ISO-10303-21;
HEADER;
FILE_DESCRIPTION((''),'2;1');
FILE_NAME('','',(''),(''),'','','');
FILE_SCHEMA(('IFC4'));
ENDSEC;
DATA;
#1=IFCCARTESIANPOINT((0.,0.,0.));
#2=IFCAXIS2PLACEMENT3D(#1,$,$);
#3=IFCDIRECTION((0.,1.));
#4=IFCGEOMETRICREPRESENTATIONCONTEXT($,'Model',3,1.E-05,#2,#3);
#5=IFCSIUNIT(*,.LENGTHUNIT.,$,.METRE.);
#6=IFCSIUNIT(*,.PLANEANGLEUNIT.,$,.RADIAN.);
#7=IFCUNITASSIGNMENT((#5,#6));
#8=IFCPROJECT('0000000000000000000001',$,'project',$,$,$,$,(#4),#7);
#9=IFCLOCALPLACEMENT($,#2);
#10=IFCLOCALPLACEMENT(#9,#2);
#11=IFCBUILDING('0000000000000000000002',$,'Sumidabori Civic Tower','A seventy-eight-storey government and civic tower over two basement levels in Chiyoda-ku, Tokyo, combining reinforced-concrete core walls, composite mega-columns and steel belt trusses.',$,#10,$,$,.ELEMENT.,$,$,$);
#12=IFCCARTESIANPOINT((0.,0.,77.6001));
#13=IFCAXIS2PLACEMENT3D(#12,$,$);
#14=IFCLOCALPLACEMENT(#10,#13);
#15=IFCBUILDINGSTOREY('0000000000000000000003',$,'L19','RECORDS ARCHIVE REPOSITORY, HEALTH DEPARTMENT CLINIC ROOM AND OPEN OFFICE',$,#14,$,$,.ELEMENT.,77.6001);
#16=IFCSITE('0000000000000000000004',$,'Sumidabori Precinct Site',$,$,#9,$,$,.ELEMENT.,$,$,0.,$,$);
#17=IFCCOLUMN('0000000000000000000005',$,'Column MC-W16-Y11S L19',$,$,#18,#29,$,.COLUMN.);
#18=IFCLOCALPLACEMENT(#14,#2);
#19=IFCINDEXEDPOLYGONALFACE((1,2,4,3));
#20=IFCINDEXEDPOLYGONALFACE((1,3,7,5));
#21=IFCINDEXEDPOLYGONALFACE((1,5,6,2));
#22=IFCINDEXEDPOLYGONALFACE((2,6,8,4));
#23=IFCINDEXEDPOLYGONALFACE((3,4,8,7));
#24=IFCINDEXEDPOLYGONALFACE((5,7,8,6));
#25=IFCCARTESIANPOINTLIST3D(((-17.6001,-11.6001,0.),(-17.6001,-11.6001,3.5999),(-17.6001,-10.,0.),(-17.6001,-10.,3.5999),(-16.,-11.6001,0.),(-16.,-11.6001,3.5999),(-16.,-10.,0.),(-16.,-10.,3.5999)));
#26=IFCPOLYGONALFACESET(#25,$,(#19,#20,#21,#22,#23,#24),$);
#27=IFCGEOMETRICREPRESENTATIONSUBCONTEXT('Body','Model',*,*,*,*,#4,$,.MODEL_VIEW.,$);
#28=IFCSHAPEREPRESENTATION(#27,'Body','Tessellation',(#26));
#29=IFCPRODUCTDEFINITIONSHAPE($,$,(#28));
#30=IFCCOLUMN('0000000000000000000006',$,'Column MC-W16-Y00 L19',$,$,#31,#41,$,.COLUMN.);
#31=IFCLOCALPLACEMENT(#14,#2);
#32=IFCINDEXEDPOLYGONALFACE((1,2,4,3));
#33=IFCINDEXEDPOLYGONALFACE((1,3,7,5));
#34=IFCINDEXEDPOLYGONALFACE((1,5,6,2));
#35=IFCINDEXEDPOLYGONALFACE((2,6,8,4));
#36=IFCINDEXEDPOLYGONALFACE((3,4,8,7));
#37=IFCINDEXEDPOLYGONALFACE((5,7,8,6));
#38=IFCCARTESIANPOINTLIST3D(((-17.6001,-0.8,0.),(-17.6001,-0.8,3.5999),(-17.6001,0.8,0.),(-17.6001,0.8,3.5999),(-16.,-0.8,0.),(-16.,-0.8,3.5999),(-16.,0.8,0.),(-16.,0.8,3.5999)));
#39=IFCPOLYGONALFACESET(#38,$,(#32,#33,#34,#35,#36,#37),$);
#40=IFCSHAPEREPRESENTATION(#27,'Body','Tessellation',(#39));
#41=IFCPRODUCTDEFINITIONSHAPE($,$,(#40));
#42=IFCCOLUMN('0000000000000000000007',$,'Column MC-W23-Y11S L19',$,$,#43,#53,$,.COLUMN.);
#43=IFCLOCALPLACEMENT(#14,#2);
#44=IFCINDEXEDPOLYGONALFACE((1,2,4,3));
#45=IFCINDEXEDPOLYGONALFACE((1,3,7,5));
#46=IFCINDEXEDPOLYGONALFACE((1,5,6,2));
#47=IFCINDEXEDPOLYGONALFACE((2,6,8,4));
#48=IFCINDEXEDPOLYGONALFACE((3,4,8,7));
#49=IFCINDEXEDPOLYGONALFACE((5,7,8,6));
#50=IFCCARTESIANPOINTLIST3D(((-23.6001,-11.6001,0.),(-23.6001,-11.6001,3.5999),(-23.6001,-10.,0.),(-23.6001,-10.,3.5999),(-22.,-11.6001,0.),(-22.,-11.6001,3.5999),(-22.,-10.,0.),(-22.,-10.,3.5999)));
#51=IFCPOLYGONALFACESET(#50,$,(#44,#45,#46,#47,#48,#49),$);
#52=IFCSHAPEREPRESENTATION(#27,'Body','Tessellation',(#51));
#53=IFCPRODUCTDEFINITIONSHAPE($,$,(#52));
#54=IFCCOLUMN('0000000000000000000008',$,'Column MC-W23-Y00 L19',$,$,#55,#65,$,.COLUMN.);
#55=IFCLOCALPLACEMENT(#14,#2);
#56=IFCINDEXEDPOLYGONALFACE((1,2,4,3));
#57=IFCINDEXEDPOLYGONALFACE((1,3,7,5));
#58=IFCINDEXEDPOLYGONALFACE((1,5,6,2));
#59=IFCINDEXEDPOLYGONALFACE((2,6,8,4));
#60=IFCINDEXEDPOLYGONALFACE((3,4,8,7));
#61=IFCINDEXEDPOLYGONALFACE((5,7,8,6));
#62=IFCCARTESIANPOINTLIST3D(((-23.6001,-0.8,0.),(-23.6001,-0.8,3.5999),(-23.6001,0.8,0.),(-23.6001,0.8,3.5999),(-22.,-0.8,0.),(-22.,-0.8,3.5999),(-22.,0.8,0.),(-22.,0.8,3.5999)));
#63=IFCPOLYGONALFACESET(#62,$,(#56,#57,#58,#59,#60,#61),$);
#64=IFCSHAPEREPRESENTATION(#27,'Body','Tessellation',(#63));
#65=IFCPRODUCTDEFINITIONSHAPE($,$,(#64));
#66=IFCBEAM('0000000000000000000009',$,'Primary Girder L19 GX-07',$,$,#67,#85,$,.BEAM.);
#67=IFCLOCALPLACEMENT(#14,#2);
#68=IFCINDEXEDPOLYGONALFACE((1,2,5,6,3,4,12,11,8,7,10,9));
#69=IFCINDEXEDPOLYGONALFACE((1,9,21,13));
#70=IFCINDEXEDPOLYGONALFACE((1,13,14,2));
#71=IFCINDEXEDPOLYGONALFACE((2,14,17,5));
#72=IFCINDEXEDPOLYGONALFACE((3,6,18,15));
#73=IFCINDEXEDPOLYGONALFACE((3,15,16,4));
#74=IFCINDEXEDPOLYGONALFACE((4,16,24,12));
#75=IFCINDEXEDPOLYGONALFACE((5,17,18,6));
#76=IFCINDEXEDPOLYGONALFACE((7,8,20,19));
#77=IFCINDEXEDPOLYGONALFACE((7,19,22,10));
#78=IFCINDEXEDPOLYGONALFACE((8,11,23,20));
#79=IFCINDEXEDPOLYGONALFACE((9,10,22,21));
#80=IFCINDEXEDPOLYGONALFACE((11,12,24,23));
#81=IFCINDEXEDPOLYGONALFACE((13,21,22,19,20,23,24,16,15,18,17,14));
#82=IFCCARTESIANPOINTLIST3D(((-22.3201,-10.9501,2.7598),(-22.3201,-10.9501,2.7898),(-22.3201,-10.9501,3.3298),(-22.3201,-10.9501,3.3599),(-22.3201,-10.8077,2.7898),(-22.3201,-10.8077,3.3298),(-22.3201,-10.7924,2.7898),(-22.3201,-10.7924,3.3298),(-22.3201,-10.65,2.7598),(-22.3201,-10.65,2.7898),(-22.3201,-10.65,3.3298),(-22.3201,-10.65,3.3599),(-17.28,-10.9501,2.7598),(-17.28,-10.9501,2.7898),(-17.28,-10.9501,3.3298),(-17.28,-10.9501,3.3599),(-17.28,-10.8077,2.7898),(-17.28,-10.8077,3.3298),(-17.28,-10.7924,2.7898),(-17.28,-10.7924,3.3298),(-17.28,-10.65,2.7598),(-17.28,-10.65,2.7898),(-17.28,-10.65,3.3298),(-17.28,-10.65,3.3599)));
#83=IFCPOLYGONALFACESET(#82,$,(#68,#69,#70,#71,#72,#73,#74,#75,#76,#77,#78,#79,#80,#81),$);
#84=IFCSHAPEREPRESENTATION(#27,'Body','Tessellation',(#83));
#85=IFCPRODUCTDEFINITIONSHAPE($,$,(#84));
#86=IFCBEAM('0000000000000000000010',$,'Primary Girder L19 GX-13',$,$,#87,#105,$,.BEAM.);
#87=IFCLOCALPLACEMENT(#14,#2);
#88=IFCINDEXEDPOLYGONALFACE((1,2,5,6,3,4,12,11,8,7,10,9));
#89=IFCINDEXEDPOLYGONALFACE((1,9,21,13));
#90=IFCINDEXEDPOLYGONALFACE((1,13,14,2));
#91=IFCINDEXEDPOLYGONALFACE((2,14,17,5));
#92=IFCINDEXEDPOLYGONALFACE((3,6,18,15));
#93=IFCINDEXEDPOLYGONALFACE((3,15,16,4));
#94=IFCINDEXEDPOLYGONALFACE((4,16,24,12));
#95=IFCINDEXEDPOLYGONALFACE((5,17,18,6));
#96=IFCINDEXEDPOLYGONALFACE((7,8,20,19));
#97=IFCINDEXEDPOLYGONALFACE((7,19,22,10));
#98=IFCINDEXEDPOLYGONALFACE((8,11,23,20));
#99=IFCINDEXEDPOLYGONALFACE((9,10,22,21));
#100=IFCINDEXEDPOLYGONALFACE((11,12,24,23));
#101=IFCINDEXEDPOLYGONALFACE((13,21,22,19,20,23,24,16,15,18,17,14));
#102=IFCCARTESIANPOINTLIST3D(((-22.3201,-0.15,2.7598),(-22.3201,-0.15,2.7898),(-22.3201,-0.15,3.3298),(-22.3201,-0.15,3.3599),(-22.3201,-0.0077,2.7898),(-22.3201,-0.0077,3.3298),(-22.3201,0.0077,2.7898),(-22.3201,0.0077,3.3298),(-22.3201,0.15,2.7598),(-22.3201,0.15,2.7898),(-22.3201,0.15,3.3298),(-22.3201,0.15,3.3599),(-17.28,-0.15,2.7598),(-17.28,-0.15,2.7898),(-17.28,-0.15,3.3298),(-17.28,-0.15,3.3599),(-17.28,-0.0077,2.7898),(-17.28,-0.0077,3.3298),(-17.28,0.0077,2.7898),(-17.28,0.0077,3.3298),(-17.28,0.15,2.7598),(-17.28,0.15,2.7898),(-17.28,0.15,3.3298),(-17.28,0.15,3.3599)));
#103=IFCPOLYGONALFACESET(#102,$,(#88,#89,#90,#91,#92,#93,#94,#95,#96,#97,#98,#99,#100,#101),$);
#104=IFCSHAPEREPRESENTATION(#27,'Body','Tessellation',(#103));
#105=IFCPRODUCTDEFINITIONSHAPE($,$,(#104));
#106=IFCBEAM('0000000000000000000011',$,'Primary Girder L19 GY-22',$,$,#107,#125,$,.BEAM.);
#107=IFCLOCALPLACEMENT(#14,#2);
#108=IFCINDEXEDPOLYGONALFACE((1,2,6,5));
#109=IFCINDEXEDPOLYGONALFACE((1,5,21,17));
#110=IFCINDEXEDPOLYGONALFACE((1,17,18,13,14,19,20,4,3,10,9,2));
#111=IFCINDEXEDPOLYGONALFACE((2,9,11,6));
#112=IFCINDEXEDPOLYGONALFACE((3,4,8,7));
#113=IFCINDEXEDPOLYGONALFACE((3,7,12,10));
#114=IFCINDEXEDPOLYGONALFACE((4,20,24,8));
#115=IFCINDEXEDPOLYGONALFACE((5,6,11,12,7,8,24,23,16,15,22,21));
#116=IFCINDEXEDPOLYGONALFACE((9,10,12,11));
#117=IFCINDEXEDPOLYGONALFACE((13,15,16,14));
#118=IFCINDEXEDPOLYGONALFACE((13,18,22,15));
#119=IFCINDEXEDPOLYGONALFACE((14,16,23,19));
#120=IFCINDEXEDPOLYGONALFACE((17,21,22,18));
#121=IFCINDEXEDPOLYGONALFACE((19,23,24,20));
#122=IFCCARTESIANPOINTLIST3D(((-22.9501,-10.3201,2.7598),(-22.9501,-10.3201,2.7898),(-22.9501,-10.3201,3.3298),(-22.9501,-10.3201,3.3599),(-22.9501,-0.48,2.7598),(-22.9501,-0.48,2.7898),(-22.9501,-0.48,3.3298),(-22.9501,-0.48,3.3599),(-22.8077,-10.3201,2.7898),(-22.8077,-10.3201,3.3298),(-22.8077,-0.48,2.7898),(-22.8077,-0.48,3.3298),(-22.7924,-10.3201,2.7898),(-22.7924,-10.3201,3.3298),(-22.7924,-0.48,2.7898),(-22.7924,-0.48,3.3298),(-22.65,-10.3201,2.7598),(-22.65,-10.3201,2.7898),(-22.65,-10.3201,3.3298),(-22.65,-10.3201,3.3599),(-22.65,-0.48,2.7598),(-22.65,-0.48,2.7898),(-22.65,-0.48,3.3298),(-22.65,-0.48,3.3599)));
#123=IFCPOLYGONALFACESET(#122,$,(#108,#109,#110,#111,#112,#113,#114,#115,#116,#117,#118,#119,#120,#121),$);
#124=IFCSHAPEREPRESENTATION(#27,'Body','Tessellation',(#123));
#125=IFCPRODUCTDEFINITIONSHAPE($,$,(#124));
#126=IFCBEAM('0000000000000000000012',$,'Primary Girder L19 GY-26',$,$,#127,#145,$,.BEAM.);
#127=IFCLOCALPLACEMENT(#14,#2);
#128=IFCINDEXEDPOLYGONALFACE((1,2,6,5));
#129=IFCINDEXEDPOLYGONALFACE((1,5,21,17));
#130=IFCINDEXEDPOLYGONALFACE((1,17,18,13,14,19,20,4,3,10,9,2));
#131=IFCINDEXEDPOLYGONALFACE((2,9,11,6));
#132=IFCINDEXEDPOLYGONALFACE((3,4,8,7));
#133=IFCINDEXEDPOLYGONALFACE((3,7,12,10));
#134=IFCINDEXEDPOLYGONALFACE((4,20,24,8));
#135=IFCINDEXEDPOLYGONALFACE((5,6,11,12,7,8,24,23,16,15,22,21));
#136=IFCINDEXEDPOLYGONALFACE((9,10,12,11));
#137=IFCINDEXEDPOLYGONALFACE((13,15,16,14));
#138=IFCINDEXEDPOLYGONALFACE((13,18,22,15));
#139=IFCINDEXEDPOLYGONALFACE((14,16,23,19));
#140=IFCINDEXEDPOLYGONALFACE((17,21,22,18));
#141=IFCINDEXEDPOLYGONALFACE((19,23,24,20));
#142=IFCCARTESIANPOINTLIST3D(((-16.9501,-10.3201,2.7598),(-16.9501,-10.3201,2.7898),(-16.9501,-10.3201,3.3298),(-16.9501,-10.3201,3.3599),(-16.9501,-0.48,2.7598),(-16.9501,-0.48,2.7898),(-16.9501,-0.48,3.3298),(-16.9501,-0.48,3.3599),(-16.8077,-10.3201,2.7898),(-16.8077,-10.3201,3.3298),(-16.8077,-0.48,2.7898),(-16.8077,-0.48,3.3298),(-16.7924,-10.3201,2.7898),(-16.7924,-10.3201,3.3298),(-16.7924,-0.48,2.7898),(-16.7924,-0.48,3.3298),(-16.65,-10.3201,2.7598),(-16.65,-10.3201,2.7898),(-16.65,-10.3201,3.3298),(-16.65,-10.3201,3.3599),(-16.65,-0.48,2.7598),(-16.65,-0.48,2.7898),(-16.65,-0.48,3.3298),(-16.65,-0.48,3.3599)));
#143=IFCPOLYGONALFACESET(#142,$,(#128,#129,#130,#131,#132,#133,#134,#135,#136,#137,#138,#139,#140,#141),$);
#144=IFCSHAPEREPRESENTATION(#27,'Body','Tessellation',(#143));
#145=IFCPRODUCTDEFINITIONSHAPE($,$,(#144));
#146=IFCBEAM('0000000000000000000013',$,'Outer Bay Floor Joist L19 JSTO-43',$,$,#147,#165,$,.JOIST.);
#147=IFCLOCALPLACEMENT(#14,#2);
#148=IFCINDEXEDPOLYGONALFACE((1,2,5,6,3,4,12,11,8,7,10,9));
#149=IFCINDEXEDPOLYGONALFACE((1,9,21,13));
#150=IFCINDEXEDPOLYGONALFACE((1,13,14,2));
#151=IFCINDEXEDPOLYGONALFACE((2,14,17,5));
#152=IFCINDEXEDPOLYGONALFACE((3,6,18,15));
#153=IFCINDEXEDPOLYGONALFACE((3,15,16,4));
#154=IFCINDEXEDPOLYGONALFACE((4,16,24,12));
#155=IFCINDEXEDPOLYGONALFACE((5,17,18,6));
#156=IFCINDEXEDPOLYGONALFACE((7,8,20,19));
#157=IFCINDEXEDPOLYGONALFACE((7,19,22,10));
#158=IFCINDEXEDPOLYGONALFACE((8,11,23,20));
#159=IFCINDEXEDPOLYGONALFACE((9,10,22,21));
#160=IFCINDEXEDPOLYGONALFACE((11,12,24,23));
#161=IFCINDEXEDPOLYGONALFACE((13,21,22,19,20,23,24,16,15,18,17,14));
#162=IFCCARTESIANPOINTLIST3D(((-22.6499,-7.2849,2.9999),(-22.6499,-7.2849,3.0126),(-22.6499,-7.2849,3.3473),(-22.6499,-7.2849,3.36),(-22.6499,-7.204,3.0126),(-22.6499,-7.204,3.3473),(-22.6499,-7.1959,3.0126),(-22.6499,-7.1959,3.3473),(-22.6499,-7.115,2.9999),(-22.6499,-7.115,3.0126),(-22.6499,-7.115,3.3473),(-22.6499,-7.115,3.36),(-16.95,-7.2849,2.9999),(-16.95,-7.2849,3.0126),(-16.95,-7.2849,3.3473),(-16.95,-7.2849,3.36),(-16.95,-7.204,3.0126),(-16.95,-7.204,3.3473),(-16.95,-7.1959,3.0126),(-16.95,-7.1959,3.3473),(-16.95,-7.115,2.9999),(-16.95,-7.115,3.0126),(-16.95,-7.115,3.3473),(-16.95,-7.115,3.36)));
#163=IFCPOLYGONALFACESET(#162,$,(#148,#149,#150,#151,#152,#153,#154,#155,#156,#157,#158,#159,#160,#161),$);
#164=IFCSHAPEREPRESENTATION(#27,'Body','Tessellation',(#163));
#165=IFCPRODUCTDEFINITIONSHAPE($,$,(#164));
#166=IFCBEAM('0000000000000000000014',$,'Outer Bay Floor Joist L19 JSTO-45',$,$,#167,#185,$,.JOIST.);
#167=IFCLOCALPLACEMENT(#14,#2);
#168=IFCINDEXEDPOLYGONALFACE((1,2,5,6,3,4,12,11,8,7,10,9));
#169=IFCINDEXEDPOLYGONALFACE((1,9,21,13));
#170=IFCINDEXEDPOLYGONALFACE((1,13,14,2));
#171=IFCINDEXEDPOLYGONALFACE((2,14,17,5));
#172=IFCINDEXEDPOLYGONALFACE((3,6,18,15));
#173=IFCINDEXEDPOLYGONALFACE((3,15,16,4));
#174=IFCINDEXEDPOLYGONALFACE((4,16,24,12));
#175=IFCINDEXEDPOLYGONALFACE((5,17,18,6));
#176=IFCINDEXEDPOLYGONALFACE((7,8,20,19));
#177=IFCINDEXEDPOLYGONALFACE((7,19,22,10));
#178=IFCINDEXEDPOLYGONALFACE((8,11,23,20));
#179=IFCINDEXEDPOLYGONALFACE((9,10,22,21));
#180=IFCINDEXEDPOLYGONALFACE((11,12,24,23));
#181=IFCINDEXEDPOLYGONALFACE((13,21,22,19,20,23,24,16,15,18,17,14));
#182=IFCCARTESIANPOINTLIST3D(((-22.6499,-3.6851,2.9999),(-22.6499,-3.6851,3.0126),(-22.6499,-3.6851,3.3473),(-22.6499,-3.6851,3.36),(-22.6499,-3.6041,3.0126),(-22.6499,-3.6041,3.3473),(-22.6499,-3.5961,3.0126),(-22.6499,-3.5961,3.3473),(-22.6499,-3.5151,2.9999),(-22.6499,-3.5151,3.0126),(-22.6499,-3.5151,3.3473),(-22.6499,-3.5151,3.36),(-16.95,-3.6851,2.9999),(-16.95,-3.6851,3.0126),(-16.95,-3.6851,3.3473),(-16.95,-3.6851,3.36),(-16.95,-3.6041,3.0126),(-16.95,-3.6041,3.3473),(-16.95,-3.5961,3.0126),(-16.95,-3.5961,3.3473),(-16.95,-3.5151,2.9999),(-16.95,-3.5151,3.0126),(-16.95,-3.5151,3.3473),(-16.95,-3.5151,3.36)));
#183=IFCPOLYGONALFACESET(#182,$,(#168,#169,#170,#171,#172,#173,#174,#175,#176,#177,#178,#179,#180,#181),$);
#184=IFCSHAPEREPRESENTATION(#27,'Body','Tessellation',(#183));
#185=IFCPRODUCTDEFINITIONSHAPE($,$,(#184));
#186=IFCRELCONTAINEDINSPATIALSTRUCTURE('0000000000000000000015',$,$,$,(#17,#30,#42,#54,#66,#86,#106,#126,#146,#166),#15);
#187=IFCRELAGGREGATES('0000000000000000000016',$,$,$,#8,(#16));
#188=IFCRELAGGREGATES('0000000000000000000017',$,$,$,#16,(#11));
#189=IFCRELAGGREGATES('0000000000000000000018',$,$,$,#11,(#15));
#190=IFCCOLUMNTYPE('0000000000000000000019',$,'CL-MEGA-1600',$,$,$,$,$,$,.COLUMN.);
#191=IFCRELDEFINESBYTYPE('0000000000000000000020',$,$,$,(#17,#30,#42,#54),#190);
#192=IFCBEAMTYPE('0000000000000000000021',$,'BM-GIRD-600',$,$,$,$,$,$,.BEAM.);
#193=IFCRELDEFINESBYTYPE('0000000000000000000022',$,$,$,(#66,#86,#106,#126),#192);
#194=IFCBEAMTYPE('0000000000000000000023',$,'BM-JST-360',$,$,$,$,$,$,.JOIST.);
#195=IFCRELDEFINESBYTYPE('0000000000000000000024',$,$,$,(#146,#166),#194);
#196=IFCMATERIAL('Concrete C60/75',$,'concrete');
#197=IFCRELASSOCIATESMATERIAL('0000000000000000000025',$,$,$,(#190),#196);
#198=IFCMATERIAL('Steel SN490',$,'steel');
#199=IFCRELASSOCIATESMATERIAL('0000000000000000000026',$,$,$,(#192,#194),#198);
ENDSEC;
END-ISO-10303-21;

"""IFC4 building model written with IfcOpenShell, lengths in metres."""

from ifc_helpers import new_model, si_unit, direction, frame, origin, origin_2d, place, context, subcontext, project, spatial, rectangle, i_section, extrude, source, transform, mapped, material, material_profile, profile_set, type_object, element, save


model = new_model("IFC4")

# Units and contexts
model_context = context("Model", 3, precision=1e-05, world=origin(), true_north=direction((0.0, 1.0)))
body_context = subcontext(model_context, "Body", "Model", "MODEL_VIEW")
ifc_project = project(units=[si_unit("LENGTHUNIT", "METRE"), si_unit("PLANEANGLEUNIT", "RADIAN")], contexts=[model_context])

# Site, building, storey
site_placement = place(None, origin())
site = spatial("IfcSite", under=ifc_project, at=site_placement, Name="Sumidabori Precinct Site", CompositionType="ELEMENT", RefElevation=0.0)
building_placement = place(site_placement, origin())
building = spatial("IfcBuilding", under=site, at=building_placement, Name="Sumidabori Civic Tower", Description="A seventy-eight-storey government and civic tower over two basement levels in Chiyoda-ku, Tokyo, combining reinforced-concrete core walls, composite mega-columns and steel belt trusses.", CompositionType="ELEMENT")
storey_placement = place(building_placement, frame((0.0, 0.0, 77.6001)))
storey = spatial("IfcBuildingStorey", under=building, at=storey_placement, Name="L19", Description="RECORDS ARCHIVE REPOSITORY, HEALTH DEPARTMENT CLINIC ROOM AND OPEN OFFICE", CompositionType="ELEMENT", Elevation=77.6001)

# Columns
ifc_material_1 = material(Name="Concrete C60/75", Category="concrete")
ifc_material_profile_1 = material_profile(ifc_material_1, rectangle(XDim=1.6001, YDim=1.6001, at=origin_2d()), Name="RC 1600x1600")
ifc_profile_set_1 = profile_set([ifc_material_profile_1], Name="Concrete C60/75")
column_type = type_object("IfcColumnType", Name="CL-MEGA-1600", PredefinedType="COLUMN", material=ifc_profile_set_1)
shared_shape_1 = source(origin(), body_context, "Body", "SweptSolid", [
    extrude(rectangle(XDim=1.6001, YDim=1.6001, at=origin_2d()), origin(), (0.0, 0.0, 1.0), 3.5999),
])
for number, where, z_axis, x_axis, name in (
    (1, (-16.8, -10.8, 0.0), (0.0, 0.0, 1.0), (1.0, 0.0, 0.0), "Column MC-W16-Y11S L19"),
    (2, (-16.8, 0.0, 0.0), (0.0, 0.0, 1.0), (1.0, 0.0, 0.0), "Column MC-W16-Y00 L19"),
    (3, (-22.8, -10.8, 0.0), (0.0, 0.0, 1.0), (1.0, 0.0, 0.0), "Column MC-W23-Y11S L19"),
    (4, (-22.8, 0.0, 0.0), (0.0, 0.0, 1.0), (1.0, 0.0, 0.0), "Column MC-W23-Y00 L19"),
):
    element("IfcColumn", number, at=place(storey_placement, frame(where, z_axis=z_axis, x_axis=x_axis)), inside=storey, type_object=column_type, Name=name, PredefinedType="COLUMN", context=body_context, shape_type="MappedRepresentation", body=[
        mapped(shared_shape_1, transform((0.0, 0.0, 0.0), x_axis=(1.0, 0.0, 0.0), y_axis=(0.0, 1.0, 0.0), z_axis=(0.0, 0.0, 1.0), scale=1.0)),
    ])

# Beams
ifc_material_2 = material(Name="Steel SN490", Category="steel")
ifc_material_profile_2 = material_profile(ifc_material_2, i_section(OverallWidth=0.3, OverallDepth=0.6001, WebThickness=0.0154, FlangeThickness=0.03, at=origin_2d()), Name="HE 600 B")
ifc_profile_set_2 = profile_set([ifc_material_profile_2], Name="Steel SN490")
beam_type_1 = type_object("IfcBeamType", Name="BM-GIRD-600", PredefinedType="BEAM", material=ifc_profile_set_2)
shared_shape_2 = source(origin(), body_context, "Body", "SweptSolid", [
    extrude(i_section(OverallWidth=0.3, OverallDepth=0.6001, WebThickness=0.0154, FlangeThickness=0.03, at=origin_2d()), origin(), (0.0, 0.0, 1.0), 5.04),
])
for number, where, z_axis, x_axis, name in (
    (5, (-22.3201, -10.8, 3.0598), (1.0, 0.0, 0.0), (0.0, 1.0, 0.0), "Primary Girder L19 GX-07"),
    (6, (-22.3201, 0.0, 3.0598), (1.0, 0.0, 0.0), (0.0, 1.0, 0.0), "Primary Girder L19 GX-13"),
):
    element("IfcBeam", number, at=place(storey_placement, frame(where, z_axis=z_axis, x_axis=x_axis)), inside=storey, type_object=beam_type_1, Name=name, PredefinedType="BEAM", context=body_context, shape_type="MappedRepresentation", body=[
        mapped(shared_shape_2, transform((0.0, 0.0, 0.0), x_axis=(1.0, 0.0, 0.0), y_axis=(0.0, 1.0, 0.0), z_axis=(0.0, 0.0, 1.0), scale=1.0)),
    ])
shared_shape_3 = source(origin(), body_context, "Body", "SweptSolid", [
    extrude(i_section(OverallWidth=0.3, OverallDepth=0.6001, WebThickness=0.0154, FlangeThickness=0.03, at=origin_2d()), origin(), (0.0, 0.0, 1.0), 9.8401),
])
for number, where, z_axis, x_axis, name in (
    (7, (-22.8, -10.3201, 3.0598), (0.0, 1.0, 0.0), (-1.0, 0.0, 0.0), "Primary Girder L19 GY-22"),
    (8, (-16.8, -10.3201, 3.0598), (0.0, 1.0, 0.0), (-1.0, 0.0, 0.0), "Primary Girder L19 GY-26"),
):
    element("IfcBeam", number, at=place(storey_placement, frame(where, z_axis=z_axis, x_axis=x_axis)), inside=storey, type_object=beam_type_1, Name=name, PredefinedType="BEAM", context=body_context, shape_type="MappedRepresentation", body=[
        mapped(shared_shape_3, transform((0.0, 0.0, 0.0), x_axis=(1.0, 0.0, 0.0), y_axis=(0.0, 1.0, 0.0), z_axis=(0.0, 0.0, 1.0), scale=1.0)),
    ])
ifc_material_profile_3 = material_profile(ifc_material_2, i_section(OverallWidth=0.1699, OverallDepth=0.3601, WebThickness=0.0081, FlangeThickness=0.0127, at=origin_2d()), Name="IPE 360")
ifc_profile_set_3 = profile_set([ifc_material_profile_3], Name="Steel SN490")
beam_type_2 = type_object("IfcBeamType", Name="BM-JST-360", PredefinedType="JOIST", material=ifc_profile_set_3)
shared_shape_4 = source(origin(), body_context, "Body", "SweptSolid", [
    extrude(i_section(OverallWidth=0.1699, OverallDepth=0.3601, WebThickness=0.0081, FlangeThickness=0.0127, at=origin_2d()), origin(), (0.0, 0.0, 1.0), 5.7),
])
for number, where, z_axis, x_axis, name in (
    (9, (-22.6499, -7.2, 3.1799), (1.0, 0.0, 0.0), (0.0, 1.0, 0.0), "Outer Bay Floor Joist L19 JSTO-43"),
    (10, (-22.6499, -3.6001, 3.1799), (1.0, 0.0, 0.0), (0.0, 1.0, 0.0), "Outer Bay Floor Joist L19 JSTO-45"),
):
    element("IfcBeam", number, at=place(storey_placement, frame(where, z_axis=z_axis, x_axis=x_axis)), inside=storey, type_object=beam_type_2, Name=name, PredefinedType="JOIST", context=body_context, shape_type="MappedRepresentation", body=[
        mapped(shared_shape_4, transform((0.0, 0.0, 0.0), x_axis=(1.0, 0.0, 0.0), y_axis=(0.0, 1.0, 0.0), z_axis=(0.0, 0.0, 1.0), scale=1.0)),
    ])

save(model, "model.ifc")
